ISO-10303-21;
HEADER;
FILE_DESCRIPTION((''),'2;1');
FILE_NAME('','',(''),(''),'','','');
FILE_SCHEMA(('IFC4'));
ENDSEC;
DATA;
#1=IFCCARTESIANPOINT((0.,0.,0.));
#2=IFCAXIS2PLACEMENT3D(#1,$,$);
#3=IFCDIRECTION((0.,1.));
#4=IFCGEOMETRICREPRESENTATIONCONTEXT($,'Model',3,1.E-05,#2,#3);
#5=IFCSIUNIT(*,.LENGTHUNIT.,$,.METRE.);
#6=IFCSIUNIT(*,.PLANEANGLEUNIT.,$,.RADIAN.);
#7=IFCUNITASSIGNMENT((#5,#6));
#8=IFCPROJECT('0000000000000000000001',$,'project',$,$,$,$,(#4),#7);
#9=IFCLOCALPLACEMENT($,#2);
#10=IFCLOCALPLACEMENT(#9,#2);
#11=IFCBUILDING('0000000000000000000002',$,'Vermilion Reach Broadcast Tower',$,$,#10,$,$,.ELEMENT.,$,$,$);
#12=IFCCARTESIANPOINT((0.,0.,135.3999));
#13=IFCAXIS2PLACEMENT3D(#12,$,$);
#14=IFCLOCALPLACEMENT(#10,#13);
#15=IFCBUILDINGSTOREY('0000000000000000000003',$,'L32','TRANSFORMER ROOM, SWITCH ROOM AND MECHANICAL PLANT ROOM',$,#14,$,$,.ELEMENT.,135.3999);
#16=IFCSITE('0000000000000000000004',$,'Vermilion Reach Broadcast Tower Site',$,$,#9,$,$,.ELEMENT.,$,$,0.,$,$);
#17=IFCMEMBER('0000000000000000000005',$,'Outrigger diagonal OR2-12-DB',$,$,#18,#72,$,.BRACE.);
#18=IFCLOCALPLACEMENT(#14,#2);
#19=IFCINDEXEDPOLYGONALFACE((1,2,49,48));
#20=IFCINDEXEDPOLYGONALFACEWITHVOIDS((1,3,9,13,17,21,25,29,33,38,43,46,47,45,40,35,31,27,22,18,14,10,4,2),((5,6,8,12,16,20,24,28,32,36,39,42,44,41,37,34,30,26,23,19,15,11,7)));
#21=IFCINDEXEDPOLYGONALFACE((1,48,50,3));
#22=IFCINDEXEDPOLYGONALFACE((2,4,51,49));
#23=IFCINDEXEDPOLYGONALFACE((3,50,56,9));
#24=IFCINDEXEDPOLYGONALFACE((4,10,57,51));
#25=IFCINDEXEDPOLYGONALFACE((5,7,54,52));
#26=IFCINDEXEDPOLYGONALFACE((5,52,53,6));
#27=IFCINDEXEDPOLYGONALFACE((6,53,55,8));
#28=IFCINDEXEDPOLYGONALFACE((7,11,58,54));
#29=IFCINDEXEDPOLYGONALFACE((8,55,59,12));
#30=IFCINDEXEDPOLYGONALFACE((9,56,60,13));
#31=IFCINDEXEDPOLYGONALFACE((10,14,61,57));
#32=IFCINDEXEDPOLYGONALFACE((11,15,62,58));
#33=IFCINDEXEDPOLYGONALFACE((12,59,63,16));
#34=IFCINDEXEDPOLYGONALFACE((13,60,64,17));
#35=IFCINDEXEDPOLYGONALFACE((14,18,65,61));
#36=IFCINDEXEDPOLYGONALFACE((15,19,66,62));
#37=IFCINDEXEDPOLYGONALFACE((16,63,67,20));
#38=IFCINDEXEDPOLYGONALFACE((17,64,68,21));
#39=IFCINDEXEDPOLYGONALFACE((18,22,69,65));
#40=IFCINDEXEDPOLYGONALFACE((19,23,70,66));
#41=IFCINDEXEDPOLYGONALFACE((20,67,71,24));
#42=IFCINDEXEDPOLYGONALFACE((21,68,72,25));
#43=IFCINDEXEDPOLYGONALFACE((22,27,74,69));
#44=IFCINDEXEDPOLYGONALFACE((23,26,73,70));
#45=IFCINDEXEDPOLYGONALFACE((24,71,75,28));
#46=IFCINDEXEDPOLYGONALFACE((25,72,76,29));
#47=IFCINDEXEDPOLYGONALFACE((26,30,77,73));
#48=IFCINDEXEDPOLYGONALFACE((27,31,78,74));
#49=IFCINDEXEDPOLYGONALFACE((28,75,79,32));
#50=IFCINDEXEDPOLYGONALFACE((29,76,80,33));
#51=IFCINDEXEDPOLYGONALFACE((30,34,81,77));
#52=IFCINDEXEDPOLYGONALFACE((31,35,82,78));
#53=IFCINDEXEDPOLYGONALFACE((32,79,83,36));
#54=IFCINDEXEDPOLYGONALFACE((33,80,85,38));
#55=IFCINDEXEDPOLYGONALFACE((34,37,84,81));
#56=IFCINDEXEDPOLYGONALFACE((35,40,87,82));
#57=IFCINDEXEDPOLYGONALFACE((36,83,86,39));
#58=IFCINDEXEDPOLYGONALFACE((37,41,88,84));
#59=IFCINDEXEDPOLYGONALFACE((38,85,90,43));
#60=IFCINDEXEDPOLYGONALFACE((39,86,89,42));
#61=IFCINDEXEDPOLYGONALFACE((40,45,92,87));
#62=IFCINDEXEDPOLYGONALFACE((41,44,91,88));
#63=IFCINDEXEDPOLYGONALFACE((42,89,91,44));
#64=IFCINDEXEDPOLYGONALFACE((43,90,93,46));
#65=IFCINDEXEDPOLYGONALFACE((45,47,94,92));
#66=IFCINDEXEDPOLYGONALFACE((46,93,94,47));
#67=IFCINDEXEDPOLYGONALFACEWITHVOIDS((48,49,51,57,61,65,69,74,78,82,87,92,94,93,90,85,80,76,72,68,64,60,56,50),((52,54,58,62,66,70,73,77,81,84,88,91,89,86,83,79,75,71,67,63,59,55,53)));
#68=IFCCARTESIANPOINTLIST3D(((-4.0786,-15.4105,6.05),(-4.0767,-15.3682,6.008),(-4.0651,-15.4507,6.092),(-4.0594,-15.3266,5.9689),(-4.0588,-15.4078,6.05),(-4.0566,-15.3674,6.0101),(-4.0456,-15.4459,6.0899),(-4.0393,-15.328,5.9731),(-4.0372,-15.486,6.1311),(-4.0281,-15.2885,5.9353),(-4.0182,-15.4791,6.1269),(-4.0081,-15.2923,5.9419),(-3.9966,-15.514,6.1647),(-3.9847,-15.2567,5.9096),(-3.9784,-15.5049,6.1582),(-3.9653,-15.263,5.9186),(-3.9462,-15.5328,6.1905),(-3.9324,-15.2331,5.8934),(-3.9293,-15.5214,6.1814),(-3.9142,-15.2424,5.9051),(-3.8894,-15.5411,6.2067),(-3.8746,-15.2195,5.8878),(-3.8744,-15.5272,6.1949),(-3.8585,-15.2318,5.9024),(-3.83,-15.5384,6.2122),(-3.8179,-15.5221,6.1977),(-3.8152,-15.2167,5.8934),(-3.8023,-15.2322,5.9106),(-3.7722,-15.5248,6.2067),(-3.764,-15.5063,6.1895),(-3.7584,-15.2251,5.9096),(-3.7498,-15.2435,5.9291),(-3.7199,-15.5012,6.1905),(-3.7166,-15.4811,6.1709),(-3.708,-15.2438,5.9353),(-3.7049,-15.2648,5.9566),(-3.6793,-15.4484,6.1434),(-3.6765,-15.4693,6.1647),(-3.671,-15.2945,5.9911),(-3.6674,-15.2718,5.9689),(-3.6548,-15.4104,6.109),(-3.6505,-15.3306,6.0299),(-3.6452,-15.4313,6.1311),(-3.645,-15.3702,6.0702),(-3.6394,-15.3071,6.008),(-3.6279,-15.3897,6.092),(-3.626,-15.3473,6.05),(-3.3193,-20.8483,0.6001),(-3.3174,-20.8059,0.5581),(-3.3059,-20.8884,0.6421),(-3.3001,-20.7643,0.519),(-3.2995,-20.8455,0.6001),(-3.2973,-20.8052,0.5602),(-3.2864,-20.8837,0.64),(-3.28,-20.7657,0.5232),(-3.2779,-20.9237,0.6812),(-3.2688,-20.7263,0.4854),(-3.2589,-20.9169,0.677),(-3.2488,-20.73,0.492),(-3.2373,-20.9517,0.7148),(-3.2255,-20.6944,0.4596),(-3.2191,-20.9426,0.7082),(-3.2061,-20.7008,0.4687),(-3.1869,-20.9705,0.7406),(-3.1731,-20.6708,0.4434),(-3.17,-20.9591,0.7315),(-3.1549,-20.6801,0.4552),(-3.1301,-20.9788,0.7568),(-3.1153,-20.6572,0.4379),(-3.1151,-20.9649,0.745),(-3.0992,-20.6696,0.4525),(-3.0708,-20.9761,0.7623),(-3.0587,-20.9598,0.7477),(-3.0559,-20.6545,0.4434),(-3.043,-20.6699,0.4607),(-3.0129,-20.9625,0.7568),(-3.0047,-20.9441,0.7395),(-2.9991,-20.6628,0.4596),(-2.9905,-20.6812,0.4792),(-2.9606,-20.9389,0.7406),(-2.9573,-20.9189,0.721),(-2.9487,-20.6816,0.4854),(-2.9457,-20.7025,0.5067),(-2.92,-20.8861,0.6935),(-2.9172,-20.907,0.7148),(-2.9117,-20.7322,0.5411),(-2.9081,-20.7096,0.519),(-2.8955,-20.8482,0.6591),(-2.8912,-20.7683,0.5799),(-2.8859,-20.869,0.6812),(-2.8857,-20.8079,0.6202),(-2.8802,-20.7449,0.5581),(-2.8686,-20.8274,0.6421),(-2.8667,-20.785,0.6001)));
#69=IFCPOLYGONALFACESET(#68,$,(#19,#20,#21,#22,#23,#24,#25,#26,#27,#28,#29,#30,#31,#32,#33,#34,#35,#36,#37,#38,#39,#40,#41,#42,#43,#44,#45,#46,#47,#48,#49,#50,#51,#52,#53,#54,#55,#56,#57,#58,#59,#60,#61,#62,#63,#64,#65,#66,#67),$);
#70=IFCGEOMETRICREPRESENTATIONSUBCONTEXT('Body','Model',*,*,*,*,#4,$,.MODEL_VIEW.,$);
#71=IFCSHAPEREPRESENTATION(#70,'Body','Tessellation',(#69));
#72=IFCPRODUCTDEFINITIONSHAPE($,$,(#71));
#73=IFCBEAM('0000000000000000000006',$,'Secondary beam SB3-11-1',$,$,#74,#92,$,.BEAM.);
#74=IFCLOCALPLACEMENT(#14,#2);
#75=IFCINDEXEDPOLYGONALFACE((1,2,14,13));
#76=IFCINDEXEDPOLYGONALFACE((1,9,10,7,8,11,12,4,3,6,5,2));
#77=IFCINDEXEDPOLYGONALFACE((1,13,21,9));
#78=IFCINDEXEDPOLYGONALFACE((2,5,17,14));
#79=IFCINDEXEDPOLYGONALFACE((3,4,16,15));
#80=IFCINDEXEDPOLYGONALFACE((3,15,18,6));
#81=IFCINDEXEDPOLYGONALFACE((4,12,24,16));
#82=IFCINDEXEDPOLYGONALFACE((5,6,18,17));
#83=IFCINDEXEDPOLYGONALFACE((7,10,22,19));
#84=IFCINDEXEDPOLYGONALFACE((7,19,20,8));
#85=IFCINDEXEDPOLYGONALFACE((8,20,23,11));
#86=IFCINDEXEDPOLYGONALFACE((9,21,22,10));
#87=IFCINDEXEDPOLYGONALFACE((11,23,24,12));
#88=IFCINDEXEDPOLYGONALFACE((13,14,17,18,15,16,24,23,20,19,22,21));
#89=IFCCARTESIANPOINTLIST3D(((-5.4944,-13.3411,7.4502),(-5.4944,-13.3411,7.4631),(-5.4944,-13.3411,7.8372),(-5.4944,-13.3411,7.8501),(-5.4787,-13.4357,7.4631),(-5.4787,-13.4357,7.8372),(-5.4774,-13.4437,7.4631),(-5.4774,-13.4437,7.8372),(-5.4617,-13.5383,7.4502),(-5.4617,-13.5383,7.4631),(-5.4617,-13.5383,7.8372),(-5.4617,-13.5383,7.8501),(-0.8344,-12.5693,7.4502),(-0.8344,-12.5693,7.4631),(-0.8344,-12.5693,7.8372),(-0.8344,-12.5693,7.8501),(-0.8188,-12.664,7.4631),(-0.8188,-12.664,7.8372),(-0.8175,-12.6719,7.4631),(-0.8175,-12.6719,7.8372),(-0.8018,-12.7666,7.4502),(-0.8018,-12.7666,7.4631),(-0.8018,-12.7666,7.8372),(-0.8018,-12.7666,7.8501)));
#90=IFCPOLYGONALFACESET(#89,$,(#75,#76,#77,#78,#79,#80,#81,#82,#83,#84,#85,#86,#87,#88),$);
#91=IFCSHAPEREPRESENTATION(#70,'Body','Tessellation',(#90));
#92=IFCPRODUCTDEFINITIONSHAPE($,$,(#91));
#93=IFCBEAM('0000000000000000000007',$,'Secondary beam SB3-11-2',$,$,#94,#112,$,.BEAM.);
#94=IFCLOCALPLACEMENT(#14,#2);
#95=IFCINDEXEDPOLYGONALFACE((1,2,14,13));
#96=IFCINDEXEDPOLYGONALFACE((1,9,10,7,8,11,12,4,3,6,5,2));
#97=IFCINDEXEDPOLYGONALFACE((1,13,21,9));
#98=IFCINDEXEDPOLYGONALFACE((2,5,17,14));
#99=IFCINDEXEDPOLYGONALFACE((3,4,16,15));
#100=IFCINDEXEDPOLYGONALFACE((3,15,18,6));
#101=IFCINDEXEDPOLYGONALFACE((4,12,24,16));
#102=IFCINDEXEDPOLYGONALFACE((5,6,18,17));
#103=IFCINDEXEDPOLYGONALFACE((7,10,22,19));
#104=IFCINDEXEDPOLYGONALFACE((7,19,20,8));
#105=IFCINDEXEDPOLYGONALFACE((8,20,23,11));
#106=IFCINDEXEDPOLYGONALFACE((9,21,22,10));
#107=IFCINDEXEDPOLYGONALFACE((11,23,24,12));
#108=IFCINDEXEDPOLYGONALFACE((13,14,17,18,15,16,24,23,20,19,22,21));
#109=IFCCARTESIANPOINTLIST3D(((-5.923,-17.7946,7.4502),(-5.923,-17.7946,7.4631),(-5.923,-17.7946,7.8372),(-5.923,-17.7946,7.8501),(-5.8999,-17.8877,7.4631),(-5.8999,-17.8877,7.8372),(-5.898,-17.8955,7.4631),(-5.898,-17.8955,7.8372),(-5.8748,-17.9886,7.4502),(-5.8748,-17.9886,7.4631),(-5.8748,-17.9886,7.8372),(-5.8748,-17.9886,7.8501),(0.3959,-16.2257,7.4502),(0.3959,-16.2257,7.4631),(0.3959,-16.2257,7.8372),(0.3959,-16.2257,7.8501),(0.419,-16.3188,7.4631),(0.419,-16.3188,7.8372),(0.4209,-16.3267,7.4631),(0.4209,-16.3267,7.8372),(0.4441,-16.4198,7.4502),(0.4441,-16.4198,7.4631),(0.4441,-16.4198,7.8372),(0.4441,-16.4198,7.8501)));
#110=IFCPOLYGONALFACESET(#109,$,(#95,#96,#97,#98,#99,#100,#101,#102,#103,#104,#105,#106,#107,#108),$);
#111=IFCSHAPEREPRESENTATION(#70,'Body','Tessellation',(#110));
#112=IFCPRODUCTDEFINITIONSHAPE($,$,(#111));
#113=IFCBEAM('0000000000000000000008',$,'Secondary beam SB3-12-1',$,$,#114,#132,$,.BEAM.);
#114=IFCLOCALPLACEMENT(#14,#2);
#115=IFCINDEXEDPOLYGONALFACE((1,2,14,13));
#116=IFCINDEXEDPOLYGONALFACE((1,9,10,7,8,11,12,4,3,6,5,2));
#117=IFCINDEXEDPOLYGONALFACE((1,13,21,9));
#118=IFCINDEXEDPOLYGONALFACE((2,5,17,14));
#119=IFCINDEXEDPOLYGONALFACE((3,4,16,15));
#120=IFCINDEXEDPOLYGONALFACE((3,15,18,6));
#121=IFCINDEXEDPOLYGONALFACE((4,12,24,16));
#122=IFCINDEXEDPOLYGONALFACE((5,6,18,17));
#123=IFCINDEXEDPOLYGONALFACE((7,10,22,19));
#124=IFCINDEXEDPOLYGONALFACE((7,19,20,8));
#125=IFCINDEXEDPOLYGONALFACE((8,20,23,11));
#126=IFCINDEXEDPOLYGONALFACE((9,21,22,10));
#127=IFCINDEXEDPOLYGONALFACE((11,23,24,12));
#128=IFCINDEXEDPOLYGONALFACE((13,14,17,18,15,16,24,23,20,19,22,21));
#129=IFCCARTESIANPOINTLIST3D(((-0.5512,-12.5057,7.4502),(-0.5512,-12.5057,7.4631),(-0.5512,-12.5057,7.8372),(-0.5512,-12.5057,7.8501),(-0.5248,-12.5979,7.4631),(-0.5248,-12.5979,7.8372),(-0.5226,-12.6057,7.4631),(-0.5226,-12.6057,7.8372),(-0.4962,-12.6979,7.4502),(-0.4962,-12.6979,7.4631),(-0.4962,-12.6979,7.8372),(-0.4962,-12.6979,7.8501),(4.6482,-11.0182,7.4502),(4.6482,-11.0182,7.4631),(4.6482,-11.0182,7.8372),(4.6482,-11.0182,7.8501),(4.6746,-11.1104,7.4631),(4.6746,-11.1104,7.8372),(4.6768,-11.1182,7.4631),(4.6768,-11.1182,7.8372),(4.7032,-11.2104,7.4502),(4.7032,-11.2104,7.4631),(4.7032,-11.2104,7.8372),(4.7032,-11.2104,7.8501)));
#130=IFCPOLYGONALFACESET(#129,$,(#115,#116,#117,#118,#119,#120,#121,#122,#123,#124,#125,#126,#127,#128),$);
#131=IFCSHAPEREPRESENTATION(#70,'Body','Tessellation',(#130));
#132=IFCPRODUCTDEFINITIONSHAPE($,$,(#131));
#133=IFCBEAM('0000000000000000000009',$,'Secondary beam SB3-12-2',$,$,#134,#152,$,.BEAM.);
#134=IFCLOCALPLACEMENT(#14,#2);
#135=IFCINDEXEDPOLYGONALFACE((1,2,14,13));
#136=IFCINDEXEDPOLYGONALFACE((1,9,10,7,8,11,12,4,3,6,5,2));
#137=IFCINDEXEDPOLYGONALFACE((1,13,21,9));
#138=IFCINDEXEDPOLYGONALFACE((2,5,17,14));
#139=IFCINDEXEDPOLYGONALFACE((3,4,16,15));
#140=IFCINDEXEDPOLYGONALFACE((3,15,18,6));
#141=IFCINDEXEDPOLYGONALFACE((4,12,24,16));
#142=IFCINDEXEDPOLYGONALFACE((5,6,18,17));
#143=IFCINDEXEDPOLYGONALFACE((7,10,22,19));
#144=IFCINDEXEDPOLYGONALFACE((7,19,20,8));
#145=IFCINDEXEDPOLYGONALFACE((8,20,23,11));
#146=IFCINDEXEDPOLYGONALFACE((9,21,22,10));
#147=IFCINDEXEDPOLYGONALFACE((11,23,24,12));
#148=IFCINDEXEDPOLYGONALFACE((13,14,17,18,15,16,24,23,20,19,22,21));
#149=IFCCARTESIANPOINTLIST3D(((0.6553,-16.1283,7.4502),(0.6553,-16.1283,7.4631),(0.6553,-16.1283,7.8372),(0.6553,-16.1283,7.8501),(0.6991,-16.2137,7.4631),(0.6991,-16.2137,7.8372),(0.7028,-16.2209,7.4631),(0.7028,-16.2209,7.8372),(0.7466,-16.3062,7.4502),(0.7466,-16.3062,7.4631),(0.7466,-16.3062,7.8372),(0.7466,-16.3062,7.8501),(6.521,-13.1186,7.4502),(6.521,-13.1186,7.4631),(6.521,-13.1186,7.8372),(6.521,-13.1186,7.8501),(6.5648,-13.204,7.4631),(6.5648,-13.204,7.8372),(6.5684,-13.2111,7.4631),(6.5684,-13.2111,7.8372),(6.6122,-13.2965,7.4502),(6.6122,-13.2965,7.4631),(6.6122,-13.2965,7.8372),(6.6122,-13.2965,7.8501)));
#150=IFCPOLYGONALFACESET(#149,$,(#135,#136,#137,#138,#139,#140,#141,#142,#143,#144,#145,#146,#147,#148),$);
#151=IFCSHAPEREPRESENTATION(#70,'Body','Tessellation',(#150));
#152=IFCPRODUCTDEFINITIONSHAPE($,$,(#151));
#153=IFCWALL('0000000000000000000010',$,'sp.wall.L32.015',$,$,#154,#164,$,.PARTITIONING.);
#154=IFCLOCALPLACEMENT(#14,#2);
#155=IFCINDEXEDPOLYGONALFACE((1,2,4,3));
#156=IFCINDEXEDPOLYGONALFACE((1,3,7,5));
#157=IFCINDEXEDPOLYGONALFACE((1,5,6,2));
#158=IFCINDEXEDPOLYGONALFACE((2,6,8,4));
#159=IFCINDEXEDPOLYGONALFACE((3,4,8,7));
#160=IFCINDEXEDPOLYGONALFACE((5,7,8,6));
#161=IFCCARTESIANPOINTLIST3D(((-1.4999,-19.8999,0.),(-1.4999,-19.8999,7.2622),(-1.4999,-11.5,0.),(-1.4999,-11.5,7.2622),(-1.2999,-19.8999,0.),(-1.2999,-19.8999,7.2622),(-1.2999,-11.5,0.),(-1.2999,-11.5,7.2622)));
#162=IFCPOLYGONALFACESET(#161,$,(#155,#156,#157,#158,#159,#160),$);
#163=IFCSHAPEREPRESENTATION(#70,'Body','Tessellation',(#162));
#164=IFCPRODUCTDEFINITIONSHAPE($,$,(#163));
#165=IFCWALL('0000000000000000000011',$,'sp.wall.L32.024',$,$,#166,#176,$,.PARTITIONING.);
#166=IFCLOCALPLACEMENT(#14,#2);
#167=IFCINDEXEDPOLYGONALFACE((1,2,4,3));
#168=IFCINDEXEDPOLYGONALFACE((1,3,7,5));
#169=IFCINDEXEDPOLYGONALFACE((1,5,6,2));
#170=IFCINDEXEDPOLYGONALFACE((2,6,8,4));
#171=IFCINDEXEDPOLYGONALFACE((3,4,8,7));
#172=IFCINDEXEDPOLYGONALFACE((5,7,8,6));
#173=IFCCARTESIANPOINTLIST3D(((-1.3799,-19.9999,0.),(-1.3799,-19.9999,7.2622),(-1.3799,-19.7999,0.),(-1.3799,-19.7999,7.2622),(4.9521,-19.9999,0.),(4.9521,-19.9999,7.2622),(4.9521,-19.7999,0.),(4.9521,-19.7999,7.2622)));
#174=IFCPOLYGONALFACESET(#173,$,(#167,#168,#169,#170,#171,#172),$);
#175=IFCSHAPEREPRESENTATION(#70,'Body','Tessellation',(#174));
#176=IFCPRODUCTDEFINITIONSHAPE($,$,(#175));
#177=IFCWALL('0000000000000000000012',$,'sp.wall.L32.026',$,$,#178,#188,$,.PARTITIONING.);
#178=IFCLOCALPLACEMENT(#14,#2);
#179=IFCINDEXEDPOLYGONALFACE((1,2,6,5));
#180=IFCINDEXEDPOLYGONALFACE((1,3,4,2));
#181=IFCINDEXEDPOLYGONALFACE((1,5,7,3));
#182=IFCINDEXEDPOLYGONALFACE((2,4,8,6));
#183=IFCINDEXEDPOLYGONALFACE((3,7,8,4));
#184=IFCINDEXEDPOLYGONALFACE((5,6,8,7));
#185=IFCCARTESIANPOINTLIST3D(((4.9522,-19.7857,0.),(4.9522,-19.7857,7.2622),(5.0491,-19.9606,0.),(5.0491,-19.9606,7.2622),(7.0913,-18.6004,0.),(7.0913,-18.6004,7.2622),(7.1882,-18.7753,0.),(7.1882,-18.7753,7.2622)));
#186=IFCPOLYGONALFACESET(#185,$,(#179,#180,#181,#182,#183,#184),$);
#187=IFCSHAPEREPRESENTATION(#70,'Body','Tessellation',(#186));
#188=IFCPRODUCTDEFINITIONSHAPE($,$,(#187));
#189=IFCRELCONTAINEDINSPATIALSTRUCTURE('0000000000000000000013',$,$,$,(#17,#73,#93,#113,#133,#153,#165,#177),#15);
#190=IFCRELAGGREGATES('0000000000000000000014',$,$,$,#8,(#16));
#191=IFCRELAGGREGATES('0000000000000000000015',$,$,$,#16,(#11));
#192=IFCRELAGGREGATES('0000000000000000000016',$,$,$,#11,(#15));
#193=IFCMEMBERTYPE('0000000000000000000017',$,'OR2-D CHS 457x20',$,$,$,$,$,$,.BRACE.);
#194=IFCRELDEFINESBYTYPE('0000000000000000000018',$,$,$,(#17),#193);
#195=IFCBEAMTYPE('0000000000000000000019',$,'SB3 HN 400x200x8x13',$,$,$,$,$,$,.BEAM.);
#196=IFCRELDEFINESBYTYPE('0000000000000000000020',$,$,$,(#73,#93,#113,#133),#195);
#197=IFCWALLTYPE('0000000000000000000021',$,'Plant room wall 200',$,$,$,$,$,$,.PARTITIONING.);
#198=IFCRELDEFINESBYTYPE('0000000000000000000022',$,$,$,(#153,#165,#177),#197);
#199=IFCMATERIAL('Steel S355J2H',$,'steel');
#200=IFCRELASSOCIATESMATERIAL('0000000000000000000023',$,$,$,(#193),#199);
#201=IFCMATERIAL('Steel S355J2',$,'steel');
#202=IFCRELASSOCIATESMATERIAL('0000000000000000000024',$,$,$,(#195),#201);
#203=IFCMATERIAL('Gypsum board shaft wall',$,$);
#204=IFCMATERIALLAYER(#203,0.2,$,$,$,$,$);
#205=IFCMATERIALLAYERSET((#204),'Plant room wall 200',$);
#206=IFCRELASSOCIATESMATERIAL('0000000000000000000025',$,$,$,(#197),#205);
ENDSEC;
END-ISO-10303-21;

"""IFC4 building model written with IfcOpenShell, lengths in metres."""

from ifc_helpers import new_model, si_unit, direction, frame, frame_2d, origin, origin_2d, place, context, subcontext, project, spatial, rectangle, hollow_circle, i_section, extrude, material, layer, layer_set, material_profile, profile_set, type_object, element, save


model = new_model("IFC4")

# Units and contexts
model_context = context("Model", 3, precision=1e-05, world=origin(), true_north=direction((0.0, 1.0)))
body_context = subcontext(model_context, "Body", "Model", "MODEL_VIEW")
ifc_project = project(units=[si_unit("LENGTHUNIT", "METRE"), si_unit("PLANEANGLEUNIT", "RADIAN")], contexts=[model_context])

# Site, building, storey
site_placement = place(None, origin())
site = spatial("IfcSite", under=ifc_project, at=site_placement, Name="Vermilion Reach Broadcast Tower Site", CompositionType="ELEMENT", RefElevation=0.0)
building_placement = place(site_placement, origin())
building = spatial("IfcBuilding", under=site, at=building_placement, Name="Vermilion Reach Broadcast Tower", CompositionType="ELEMENT")
storey_placement = place(building_placement, frame((0.0, 0.0, 135.3999)))
storey = spatial("IfcBuildingStorey", under=building, at=storey_placement, Name="L32", Description="TRANSFORMER ROOM, SWITCH ROOM AND MECHANICAL PLANT ROOM", CompositionType="ELEMENT", Elevation=135.3999)

# Member
ifc_material_1 = material(Name="Steel S355J2H", Category="steel")
ifc_material_profile_1 = material_profile(ifc_material_1, hollow_circle(Radius=0.2285, WallThickness=0.02, at=origin_2d()), Name="S355J2H CHS 457x20")
ifc_profile_set_1 = profile_set([ifc_material_profile_1], Name="Steel S355J2H")
member_type_1 = type_object("IfcMemberType", Name="OR2-D CHS 457x20", PredefinedType="BRACE", material=ifc_profile_set_1)
member_1_placement = place(storey_placement, frame((-3.093, -20.8167, 0.6001), z_axis=(-0.098147, 0.702903, 0.704481), x_axis=(-0.990392, -0.138289, 0.0)))
element("IfcMember", 1, at=member_1_placement, inside=storey, type_object=member_type_1, Name="Outrigger diagonal OR2-12-DB", PredefinedType="BRACE", context=body_context, shape_type="SweptSolid", body=[
    extrude(hollow_circle(Radius=0.2285, WallThickness=0.02, at=origin_2d()), origin(), (0.0, 0.0, 1.0), 7.7361),
])

# Beams
ifc_material_2 = material(Name="Steel S355J2", Category="steel")
ifc_material_profile_2 = material_profile(ifc_material_2, i_section(OverallWidth=0.2, OverallDepth=0.3999, WebThickness=0.0081, FlangeThickness=0.0129, at=origin_2d()), Name="S355J2 HN 400x200x8x13")
ifc_profile_set_2 = profile_set([ifc_material_profile_2], Name="Steel S355J2")
beam_type_1 = type_object("IfcBeamType", Name="SB3 HN 400x200x8x13", PredefinedType="BEAM", material=ifc_profile_set_2)
beam_1_placement = place(storey_placement, frame((-5.478, -13.4397, 7.6501), z_axis=(0.986562, 0.163385, 0.0), x_axis=(-0.163385, 0.986562, 0.0)))
element("IfcBeam", 2, at=beam_1_placement, inside=storey, type_object=beam_type_1, Name="Secondary beam SB3-11-1", PredefinedType="BEAM", context=body_context, shape_type="SweptSolid", body=[
    extrude(i_section(OverallWidth=0.2, OverallDepth=0.3999, WebThickness=0.0081, FlangeThickness=0.0129, at=origin_2d()), origin(), (0.0, 0.0, 1.0), 4.7234),
])
beam_2_placement = place(storey_placement, frame((-5.8989, -17.8916, 7.6501), z_axis=(0.970534, 0.240965, 0.0), x_axis=(-0.240965, 0.970534, 0.0)))
element("IfcBeam", 3, at=beam_2_placement, inside=storey, type_object=beam_type_1, Name="Secondary beam SB3-11-2", PredefinedType="BEAM", context=body_context, shape_type="SweptSolid", body=[
    extrude(i_section(OverallWidth=0.2, OverallDepth=0.3999, WebThickness=0.0081, FlangeThickness=0.0129, at=origin_2d()), origin(), (0.0, 0.0, 1.0), 6.5107),
])
beam_3_placement = place(storey_placement, frame((-0.5237, -12.6018, 7.6501), z_axis=(0.961427, 0.275061, 0.0), x_axis=(-0.275061, 0.961427, 0.0)))
element("IfcBeam", 4, at=beam_3_placement, inside=storey, type_object=beam_type_1, Name="Secondary beam SB3-12-1", PredefinedType="BEAM", context=body_context, shape_type="SweptSolid", body=[
    extrude(i_section(OverallWidth=0.2, OverallDepth=0.3999, WebThickness=0.0081, FlangeThickness=0.0129, at=origin_2d()), origin(), (0.0, 0.0, 1.0), 5.408),
])
beam_4_placement = place(storey_placement, frame((0.7009, -16.2173, 7.6501), z_axis=(0.889713, 0.456521, 0.0), x_axis=(-0.456521, 0.889713, 0.0)))
element("IfcBeam", 5, at=beam_4_placement, inside=storey, type_object=beam_type_1, Name="Secondary beam SB3-12-2", PredefinedType="BEAM", context=body_context, shape_type="SweptSolid", body=[
    extrude(i_section(OverallWidth=0.2, OverallDepth=0.3999, WebThickness=0.0081, FlangeThickness=0.0129, at=origin_2d()), origin(), (0.0, 0.0, 1.0), 6.5928),
])

# Walls
ifc_material_3 = material(Name="Gypsum board shaft wall")
ifc_layer = layer(ifc_material_3, 0.2)
ifc_layer_set = layer_set([ifc_layer], Name="Plant room wall 200")
wall_type = type_object("IfcWallType", Name="Plant room wall 200", PredefinedType="PARTITIONING", material=ifc_layer_set)
wall_1_placement = place(storey_placement, frame((-1.3999, -19.8999, 0.0), z_axis=(0.0, 0.0, 1.0), x_axis=(0.0, 1.0, 0.0)))
element("IfcWall", 6, at=wall_1_placement, inside=storey, type_object=wall_type, Name="sp.wall.L32.015", PredefinedType="PARTITIONING", context=body_context, shape_type="SweptSolid", body=[
    extrude(rectangle(XDim=8.3999, YDim=0.2, at=frame_2d((4.2, 0.0))), origin(), (0.0, 0.0, 1.0), 7.2622),
])
wall_2_placement = place(storey_placement, frame((-1.3799, -19.8999, 0.0), z_axis=(0.0, 0.0, 1.0), x_axis=(1.0, 0.0, 0.0)))
element("IfcWall", 7, at=wall_2_placement, inside=storey, type_object=wall_type, Name="sp.wall.L32.024", PredefinedType="PARTITIONING", context=body_context, shape_type="SweptSolid", body=[
    extrude(rectangle(XDim=6.332, YDim=0.2, at=frame_2d((3.166, 0.0))), origin(), (0.0, 0.0, 1.0), 7.2622),
])
wall_3_placement = place(storey_placement, frame((5.0007, -19.873, 0.0), z_axis=(0.0, 0.0, 1.0), x_axis=(0.874698, 0.484668, 0.0)))
element("IfcWall", 8, at=wall_3_placement, inside=storey, type_object=wall_type, Name="sp.wall.L32.026", PredefinedType="PARTITIONING", context=body_context, shape_type="SweptSolid", body=[
    extrude(rectangle(XDim=2.4456, YDim=0.2, at=frame_2d((1.2227, 0.0))), origin(), (0.0, 0.0, 1.0), 7.2622),
])

save(model, "model.ifc")
